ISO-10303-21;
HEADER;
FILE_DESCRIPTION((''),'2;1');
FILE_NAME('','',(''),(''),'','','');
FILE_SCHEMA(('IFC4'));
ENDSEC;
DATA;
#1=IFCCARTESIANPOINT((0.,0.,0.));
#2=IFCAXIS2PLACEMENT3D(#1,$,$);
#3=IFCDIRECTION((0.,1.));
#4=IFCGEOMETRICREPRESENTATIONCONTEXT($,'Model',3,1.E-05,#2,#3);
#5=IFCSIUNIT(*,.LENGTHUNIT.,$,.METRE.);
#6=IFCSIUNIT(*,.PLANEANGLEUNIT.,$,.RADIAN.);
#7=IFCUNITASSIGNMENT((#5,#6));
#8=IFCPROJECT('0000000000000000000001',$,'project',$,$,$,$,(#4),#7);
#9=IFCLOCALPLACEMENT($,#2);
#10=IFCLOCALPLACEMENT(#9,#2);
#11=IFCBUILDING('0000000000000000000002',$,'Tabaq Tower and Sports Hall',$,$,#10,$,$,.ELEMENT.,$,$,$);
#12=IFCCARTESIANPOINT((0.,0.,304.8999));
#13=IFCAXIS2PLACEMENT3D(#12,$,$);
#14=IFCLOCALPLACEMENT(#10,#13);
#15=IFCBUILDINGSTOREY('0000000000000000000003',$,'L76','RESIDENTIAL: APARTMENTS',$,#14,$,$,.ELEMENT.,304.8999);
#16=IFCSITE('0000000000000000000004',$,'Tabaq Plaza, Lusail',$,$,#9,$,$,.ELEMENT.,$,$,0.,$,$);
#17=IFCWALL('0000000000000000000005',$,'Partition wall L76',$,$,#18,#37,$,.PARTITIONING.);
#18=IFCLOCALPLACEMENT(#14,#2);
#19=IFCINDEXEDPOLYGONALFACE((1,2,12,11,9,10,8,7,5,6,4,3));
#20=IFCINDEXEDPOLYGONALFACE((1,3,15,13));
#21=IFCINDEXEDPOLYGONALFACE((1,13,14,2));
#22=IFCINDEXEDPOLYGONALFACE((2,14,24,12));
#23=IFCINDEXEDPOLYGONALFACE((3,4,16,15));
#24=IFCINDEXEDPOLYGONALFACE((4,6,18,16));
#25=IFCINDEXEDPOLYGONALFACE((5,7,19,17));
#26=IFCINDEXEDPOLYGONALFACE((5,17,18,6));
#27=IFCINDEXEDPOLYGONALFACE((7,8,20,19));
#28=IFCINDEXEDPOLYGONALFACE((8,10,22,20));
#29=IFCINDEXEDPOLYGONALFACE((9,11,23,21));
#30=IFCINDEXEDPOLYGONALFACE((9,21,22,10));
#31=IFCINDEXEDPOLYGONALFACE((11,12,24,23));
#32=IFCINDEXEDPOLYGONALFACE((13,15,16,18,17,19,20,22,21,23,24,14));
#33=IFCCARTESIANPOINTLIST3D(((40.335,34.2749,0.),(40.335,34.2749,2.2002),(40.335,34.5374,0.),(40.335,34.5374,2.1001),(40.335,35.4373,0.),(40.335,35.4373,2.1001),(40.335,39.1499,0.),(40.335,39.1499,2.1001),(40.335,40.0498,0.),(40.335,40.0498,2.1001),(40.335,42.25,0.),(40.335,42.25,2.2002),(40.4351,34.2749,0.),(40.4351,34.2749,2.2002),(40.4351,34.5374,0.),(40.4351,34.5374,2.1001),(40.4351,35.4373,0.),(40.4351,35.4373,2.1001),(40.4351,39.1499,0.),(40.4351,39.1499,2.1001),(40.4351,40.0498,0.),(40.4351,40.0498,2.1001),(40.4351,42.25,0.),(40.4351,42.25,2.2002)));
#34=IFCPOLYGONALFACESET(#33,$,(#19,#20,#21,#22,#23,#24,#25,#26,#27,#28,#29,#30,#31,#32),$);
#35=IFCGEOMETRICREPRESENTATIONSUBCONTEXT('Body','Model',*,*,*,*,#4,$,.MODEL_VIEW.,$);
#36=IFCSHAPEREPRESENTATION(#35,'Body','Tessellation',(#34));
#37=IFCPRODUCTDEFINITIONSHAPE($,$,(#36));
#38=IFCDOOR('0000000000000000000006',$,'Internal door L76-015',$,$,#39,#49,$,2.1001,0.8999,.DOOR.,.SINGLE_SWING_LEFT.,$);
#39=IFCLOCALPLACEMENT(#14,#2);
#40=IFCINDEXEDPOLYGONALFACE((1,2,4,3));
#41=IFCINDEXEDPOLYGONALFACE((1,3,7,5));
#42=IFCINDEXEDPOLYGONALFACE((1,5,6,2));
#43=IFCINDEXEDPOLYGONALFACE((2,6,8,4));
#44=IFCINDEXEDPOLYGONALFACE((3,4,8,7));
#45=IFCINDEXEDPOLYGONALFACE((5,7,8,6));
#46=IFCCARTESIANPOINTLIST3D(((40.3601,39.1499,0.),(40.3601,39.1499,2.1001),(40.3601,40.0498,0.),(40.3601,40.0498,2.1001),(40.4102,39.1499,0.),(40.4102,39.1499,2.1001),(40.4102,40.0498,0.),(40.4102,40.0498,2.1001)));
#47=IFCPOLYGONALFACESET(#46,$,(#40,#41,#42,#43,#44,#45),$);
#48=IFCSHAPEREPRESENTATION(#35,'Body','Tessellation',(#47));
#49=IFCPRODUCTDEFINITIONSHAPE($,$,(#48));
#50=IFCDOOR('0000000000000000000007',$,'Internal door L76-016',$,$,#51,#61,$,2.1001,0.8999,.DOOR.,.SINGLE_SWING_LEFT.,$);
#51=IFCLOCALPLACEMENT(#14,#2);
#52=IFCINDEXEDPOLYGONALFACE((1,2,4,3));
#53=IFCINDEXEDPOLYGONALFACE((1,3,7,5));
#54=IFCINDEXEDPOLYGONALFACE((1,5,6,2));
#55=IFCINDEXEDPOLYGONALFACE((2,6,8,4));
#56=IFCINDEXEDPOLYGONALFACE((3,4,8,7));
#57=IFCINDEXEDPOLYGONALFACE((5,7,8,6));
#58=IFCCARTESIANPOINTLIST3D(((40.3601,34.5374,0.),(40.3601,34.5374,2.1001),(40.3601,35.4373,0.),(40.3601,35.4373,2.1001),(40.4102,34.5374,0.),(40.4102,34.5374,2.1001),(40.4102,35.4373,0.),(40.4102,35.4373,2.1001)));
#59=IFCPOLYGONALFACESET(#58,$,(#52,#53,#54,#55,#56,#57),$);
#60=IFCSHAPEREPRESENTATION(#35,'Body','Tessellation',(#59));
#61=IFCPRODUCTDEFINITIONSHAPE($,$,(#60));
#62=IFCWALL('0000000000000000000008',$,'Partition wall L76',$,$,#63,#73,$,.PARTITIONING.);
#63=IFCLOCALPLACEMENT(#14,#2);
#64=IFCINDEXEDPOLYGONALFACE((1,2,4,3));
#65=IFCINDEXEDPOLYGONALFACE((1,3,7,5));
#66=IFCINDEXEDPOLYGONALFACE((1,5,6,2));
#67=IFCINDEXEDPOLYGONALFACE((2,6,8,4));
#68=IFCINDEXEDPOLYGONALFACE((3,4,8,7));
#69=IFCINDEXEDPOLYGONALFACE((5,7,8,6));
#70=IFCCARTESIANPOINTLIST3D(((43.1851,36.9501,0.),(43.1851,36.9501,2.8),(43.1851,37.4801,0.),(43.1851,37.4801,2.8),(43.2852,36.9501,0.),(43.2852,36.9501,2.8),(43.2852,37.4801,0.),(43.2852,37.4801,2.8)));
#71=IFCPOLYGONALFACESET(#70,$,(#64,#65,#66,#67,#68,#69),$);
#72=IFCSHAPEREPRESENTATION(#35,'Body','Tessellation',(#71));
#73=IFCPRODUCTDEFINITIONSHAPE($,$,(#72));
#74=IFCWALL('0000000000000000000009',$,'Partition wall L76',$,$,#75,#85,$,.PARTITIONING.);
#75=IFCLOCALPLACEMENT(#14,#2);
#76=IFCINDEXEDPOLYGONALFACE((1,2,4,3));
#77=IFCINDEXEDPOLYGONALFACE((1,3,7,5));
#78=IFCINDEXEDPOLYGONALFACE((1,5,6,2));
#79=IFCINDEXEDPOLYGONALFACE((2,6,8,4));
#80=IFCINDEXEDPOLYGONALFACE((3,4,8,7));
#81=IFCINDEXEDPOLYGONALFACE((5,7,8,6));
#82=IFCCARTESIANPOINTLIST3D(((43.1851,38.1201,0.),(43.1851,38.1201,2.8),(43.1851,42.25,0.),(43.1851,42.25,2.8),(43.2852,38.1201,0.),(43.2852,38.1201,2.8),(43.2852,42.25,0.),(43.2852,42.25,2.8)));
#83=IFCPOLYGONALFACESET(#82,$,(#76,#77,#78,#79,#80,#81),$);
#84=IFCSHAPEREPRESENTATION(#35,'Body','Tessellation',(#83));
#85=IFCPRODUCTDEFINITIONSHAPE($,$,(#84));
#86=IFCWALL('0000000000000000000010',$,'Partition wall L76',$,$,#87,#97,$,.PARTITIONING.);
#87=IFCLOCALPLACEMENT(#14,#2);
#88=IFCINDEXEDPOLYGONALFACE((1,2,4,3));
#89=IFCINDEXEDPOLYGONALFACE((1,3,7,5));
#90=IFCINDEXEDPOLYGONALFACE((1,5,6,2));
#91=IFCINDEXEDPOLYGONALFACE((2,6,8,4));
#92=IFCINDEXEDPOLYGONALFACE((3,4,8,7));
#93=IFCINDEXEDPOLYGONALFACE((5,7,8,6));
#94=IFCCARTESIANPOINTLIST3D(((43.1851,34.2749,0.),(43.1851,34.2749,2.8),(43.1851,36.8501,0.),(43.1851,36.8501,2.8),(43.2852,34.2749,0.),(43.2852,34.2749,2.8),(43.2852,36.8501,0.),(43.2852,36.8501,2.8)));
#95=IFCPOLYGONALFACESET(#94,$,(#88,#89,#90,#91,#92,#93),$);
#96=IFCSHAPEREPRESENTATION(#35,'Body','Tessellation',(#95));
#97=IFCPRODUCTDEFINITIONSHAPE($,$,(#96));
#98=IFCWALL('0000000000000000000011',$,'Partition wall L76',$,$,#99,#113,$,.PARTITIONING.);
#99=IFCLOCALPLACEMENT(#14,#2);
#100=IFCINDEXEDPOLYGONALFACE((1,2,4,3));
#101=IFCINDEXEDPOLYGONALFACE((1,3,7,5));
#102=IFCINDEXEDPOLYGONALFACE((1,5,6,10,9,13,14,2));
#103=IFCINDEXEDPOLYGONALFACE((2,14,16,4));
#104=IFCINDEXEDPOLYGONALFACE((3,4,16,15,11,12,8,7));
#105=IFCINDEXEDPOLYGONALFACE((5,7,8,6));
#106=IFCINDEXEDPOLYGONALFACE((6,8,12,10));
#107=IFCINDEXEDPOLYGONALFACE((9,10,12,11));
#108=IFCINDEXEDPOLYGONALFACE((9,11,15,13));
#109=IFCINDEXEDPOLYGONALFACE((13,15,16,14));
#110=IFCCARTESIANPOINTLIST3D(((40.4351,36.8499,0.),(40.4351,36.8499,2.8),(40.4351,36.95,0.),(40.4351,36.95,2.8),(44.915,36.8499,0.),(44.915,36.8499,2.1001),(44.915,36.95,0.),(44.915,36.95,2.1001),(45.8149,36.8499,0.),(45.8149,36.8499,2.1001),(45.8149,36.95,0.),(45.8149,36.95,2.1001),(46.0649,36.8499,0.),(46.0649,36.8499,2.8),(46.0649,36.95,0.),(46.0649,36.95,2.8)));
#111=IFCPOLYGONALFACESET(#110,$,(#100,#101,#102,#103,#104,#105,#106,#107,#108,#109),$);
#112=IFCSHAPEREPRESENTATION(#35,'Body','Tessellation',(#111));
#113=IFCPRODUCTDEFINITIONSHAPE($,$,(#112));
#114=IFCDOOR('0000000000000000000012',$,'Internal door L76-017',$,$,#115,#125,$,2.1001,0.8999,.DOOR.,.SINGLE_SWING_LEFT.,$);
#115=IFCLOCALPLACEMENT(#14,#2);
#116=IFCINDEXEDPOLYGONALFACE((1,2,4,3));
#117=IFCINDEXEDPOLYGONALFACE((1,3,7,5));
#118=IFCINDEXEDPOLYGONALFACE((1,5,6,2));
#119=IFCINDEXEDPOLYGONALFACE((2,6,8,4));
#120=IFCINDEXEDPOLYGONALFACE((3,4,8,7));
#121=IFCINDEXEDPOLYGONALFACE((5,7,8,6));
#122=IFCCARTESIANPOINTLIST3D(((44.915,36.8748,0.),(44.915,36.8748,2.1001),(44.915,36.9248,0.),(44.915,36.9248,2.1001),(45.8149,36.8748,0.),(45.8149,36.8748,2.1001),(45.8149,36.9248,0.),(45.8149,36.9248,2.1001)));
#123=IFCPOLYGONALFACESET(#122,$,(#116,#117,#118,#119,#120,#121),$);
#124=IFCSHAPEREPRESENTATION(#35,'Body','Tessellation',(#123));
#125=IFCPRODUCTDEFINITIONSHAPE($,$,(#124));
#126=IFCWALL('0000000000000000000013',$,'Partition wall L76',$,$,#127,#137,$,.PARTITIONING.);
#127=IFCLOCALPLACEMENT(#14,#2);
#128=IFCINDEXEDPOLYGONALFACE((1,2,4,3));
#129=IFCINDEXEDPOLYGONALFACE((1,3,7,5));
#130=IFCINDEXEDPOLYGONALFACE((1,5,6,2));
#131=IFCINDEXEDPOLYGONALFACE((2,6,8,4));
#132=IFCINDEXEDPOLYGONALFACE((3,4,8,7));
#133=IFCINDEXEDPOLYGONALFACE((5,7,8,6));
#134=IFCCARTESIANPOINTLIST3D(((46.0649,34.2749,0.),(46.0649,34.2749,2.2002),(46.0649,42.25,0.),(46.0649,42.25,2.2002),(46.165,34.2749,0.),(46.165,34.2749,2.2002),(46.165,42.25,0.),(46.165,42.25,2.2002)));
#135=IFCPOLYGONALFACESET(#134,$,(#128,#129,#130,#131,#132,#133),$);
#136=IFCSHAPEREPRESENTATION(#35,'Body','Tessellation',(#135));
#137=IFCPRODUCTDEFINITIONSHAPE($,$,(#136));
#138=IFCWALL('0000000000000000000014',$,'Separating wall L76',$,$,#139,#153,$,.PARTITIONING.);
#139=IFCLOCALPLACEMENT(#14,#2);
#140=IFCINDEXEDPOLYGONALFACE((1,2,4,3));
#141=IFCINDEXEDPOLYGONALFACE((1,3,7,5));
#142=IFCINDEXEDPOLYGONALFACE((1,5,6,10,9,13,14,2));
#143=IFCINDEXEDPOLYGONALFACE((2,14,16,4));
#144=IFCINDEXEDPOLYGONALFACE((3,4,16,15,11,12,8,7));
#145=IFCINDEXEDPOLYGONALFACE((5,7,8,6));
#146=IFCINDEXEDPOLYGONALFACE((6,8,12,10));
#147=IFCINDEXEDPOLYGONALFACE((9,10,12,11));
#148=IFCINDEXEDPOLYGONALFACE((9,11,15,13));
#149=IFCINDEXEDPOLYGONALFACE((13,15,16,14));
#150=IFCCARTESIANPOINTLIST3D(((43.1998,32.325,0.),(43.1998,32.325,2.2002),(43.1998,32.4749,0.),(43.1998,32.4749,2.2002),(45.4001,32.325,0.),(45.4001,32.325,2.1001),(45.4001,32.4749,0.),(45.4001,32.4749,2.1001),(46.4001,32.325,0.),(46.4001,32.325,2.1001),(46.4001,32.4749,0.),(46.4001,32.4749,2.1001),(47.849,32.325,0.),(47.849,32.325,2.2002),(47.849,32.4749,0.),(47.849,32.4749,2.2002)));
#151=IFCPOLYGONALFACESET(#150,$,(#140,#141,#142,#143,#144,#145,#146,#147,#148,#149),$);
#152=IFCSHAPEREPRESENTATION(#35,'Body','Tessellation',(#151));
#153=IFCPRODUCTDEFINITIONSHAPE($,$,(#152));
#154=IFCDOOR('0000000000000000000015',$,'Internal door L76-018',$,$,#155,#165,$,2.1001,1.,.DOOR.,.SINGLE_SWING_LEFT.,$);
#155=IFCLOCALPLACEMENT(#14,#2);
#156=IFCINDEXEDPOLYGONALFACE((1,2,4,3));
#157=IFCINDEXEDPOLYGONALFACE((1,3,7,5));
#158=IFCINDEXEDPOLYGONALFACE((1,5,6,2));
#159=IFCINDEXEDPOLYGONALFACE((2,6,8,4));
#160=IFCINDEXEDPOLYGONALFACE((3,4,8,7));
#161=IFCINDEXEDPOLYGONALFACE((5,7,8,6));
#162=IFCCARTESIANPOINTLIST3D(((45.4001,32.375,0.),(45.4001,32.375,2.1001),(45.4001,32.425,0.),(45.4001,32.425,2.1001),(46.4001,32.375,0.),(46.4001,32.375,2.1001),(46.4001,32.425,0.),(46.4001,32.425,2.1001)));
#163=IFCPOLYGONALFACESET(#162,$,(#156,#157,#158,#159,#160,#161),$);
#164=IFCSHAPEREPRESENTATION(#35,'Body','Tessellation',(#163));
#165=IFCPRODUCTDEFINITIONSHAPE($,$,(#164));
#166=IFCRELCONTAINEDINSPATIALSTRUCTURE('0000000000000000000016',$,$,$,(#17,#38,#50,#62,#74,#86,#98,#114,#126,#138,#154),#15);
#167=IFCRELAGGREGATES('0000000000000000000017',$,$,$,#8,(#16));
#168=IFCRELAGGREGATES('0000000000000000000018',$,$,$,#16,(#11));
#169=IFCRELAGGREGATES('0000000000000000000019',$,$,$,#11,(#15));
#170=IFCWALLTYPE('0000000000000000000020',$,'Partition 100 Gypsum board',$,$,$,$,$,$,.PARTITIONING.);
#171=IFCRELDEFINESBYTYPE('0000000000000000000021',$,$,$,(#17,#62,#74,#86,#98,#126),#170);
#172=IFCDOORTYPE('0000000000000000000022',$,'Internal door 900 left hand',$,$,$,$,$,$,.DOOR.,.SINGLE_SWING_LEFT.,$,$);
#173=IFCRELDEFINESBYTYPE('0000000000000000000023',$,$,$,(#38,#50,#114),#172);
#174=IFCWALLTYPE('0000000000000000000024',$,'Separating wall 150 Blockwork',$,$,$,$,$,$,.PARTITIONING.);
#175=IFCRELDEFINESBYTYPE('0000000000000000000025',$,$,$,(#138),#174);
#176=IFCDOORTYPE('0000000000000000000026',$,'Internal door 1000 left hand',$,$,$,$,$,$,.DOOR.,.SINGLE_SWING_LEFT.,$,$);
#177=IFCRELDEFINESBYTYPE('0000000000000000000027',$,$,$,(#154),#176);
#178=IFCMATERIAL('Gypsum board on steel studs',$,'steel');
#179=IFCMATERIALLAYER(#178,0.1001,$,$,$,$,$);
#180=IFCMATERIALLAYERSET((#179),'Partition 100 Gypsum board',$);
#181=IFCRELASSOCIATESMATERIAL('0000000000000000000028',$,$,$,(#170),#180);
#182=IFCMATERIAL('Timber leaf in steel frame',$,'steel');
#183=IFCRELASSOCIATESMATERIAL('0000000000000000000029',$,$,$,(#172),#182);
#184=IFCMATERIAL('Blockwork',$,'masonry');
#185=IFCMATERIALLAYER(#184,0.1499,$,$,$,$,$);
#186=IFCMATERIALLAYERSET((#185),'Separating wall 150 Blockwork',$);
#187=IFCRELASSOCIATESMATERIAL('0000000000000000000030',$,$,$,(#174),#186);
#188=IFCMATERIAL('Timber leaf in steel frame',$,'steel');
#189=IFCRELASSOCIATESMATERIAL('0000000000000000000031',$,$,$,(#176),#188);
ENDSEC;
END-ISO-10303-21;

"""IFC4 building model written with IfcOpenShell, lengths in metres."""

from ifc_helpers import new_model, si_unit, direction, frame, frame_2d, origin, place, context, subcontext, project, spatial, rectangle, extrude, material, layer, layer_set, type_object, element, fill, save


model = new_model("IFC4")

# Units and contexts
model_context = context("Model", 3, precision=1e-05, world=origin(), true_north=direction((0.0, 1.0)))
body_context = subcontext(model_context, "Body", "Model", "MODEL_VIEW")
ifc_project = project(units=[si_unit("LENGTHUNIT", "METRE"), si_unit("PLANEANGLEUNIT", "RADIAN")], contexts=[model_context])

# Site, building, storey
site_placement = place(None, origin())
site = spatial("IfcSite", under=ifc_project, at=site_placement, Name="Tabaq Plaza, Lusail", CompositionType="ELEMENT", RefElevation=0.0)
building_placement = place(site_placement, origin())
building = spatial("IfcBuilding", under=site, at=building_placement, Name="Tabaq Tower and Sports Hall", CompositionType="ELEMENT")
storey_placement = place(building_placement, frame((0.0, 0.0, 304.8999)))
storey = spatial("IfcBuildingStorey", under=building, at=storey_placement, Name="L76", Description="RESIDENTIAL: APARTMENTS", CompositionType="ELEMENT", Elevation=304.8999)

# Shared definitions
ifc_material_1 = material(Name="Gypsum board on steel studs", Category="steel")
ifc_layer_1 = layer(ifc_material_1, 0.1001)
ifc_layer_set_1 = layer_set([ifc_layer_1], Name="Partition 100 Gypsum board")
wall_type_1 = type_object("IfcWallType", Name="Partition 100 Gypsum board", PredefinedType="PARTITIONING", material=ifc_layer_set_1)
ifc_material_2 = material(Name="Timber leaf in steel frame", Category="steel")
door_type_1 = type_object("IfcDoorType", Name="Internal door 900 left hand", OperationType="SINGLE_SWING_LEFT", PredefinedType="DOOR", material=ifc_material_2)

# Wall, openings, doors
wall_1_placement = place(storey_placement, frame((40.385, 34.2749, 0.0), z_axis=(0.0, 0.0, 1.0), x_axis=(0.0, 1.0, 0.0)))
wall_1 = element("IfcWall", 1, at=wall_1_placement, inside=storey, type_object=wall_type_1, Name="Partition wall L76", PredefinedType="PARTITIONING", context=body_context, shape_type="SweptSolid", body=[
    extrude(rectangle(XDim=7.9751, YDim=0.1001, at=frame_2d((3.9875, 0.0))), origin(), (0.0, 0.0, 1.0), 2.2002),
])
opening_1_placement = place(wall_1_placement, frame((4.875, 0.0, 0.0)))
opening_1 = element("IfcOpeningElement", 2, at=opening_1_placement, cuts=wall_1, PredefinedType="OPENING", context=body_context, shape_type="SweptSolid", body=[
    extrude(rectangle(XDim=0.8999, YDim=2.1001, at=frame_2d((0.45, 1.05))), frame((0.0, 0.05, 0.0), z_axis=(0.0, -1.0, 0.0), x_axis=(1.0, 0.0, 0.0)), (0.0, 0.0, 1.0), 0.1001),
])
opening_2_placement = place(wall_1_placement, frame((0.2625, 0.0, 0.0)))
opening_2 = element("IfcOpeningElement", 3, at=opening_2_placement, cuts=wall_1, PredefinedType="OPENING", context=body_context, shape_type="SweptSolid", body=[
    extrude(rectangle(XDim=0.8999, YDim=2.1001, at=frame_2d((0.45, 1.05))), frame((0.0, 0.05, 0.0), z_axis=(0.0, -1.0, 0.0), x_axis=(1.0, 0.0, 0.0)), (0.0, 0.0, 1.0), 0.1001),
])
door_1_placement = place(opening_1_placement, origin())
door_1 = element("IfcDoor", 4, at=door_1_placement, inside=storey, type_object=door_type_1, Name="Internal door L76-015", OperationType="SINGLE_SWING_LEFT", OverallHeight=2.1001, OverallWidth=0.8999, PredefinedType="DOOR", context=body_context, shape_type="SweptSolid", body=[
    extrude(rectangle(XDim=0.8999, YDim=2.1001, at=frame_2d((0.45, 1.05))), frame((0.0, 0.0249, 0.0), z_axis=(0.0, -1.0, 0.0), x_axis=(1.0, 0.0, 0.0)), (0.0, 0.0, 1.0), 0.05),
])
fill(opening_1, door_1)
door_2_placement = place(opening_2_placement, origin())
door_2 = element("IfcDoor", 5, at=door_2_placement, inside=storey, type_object=door_type_1, Name="Internal door L76-016", OperationType="SINGLE_SWING_LEFT", OverallHeight=2.1001, OverallWidth=0.8999, PredefinedType="DOOR", context=body_context, shape_type="SweptSolid", body=[
    extrude(rectangle(XDim=0.8999, YDim=2.1001, at=frame_2d((0.45, 1.05))), frame((0.0, 0.0249, 0.0), z_axis=(0.0, -1.0, 0.0), x_axis=(1.0, 0.0, 0.0)), (0.0, 0.0, 1.0), 0.05),
])
fill(opening_2, door_2)

# Walls
wall_2_placement = place(storey_placement, frame((43.2351, 36.95, 0.0), z_axis=(0.0, 0.0, 1.0), x_axis=(0.0, 1.0, 0.0)))
element("IfcWall", 6, at=wall_2_placement, inside=storey, type_object=wall_type_1, Name="Partition wall L76", PredefinedType="PARTITIONING", context=body_context, shape_type="SweptSolid", body=[
    extrude(rectangle(XDim=0.53, YDim=0.1001, at=frame_2d((0.2651, 0.0))), origin(), (0.0, 0.0, 1.0), 2.8),
])
wall_3_placement = place(storey_placement, frame((43.2351, 38.1201, 0.0), z_axis=(0.0, 0.0, 1.0), x_axis=(0.0, 1.0, 0.0)))
element("IfcWall", 7, at=wall_3_placement, inside=storey, type_object=wall_type_1, Name="Partition wall L76", PredefinedType="PARTITIONING", context=body_context, shape_type="SweptSolid", body=[
    extrude(rectangle(XDim=4.1299, YDim=0.1001, at=frame_2d((2.0649, 0.0))), origin(), (0.0, 0.0, 1.0), 2.8),
])
wall_4_placement = place(storey_placement, frame((43.2351, 34.2749, 0.0), z_axis=(0.0, 0.0, 1.0), x_axis=(0.0, 1.0, 0.0)))
element("IfcWall", 8, at=wall_4_placement, inside=storey, type_object=wall_type_1, Name="Partition wall L76", PredefinedType="PARTITIONING", context=body_context, shape_type="SweptSolid", body=[
    extrude(rectangle(XDim=2.5752, YDim=0.1001, at=frame_2d((1.2876, 0.0))), origin(), (0.0, 0.0, 1.0), 2.8),
])

# Wall, opening, door
wall_5_placement = place(storey_placement, frame((40.4351, 36.8999, 0.0), z_axis=(0.0, 0.0, 1.0), x_axis=(1.0, 0.0, 0.0)))
wall_5 = element("IfcWall", 9, at=wall_5_placement, inside=storey, type_object=wall_type_1, Name="Partition wall L76", PredefinedType="PARTITIONING", context=body_context, shape_type="SweptSolid", body=[
    extrude(rectangle(XDim=5.6299, YDim=0.1001, at=frame_2d((2.8149, 0.0))), origin(), (0.0, 0.0, 1.0), 2.8),
])
opening_3_placement = place(wall_5_placement, frame((4.48, 0.0, 0.0)))
opening_3 = element("IfcOpeningElement", 10, at=opening_3_placement, cuts=wall_5, PredefinedType="OPENING", context=body_context, shape_type="SweptSolid", body=[
    extrude(rectangle(XDim=0.8999, YDim=2.1001, at=frame_2d((0.45, 1.05))), frame((0.0, 0.05, 0.0), z_axis=(0.0, -1.0, 0.0), x_axis=(1.0, 0.0, 0.0)), (0.0, 0.0, 1.0), 0.1001),
])
door_3_placement = place(opening_3_placement, origin())
door_3 = element("IfcDoor", 11, at=door_3_placement, inside=storey, type_object=door_type_1, Name="Internal door L76-017", OperationType="SINGLE_SWING_LEFT", OverallHeight=2.1001, OverallWidth=0.8999, PredefinedType="DOOR", context=body_context, shape_type="SweptSolid", body=[
    extrude(rectangle(XDim=0.8999, YDim=2.1001, at=frame_2d((0.45, 1.05))), frame((0.0, 0.0249, 0.0), z_axis=(0.0, -1.0, 0.0), x_axis=(1.0, 0.0, 0.0)), (0.0, 0.0, 1.0), 0.05),
])
fill(opening_3, door_3)

# Wall
wall_6_placement = place(storey_placement, frame((46.115, 34.2749, 0.0), z_axis=(0.0, 0.0, 1.0), x_axis=(0.0, 1.0, 0.0)))
element("IfcWall", 12, at=wall_6_placement, inside=storey, type_object=wall_type_1, Name="Partition wall L76", PredefinedType="PARTITIONING", context=body_context, shape_type="SweptSolid", body=[
    extrude(rectangle(XDim=7.9751, YDim=0.1001, at=frame_2d((3.9875, 0.0))), origin(), (0.0, 0.0, 1.0), 2.2002),
])

# Wall, opening, door
ifc_material_3 = material(Name="Blockwork", Category="masonry")
ifc_layer_2 = layer(ifc_material_3, 0.1499)
ifc_layer_set_2 = layer_set([ifc_layer_2], Name="Separating wall 150 Blockwork")
wall_type_2 = type_object("IfcWallType", Name="Separating wall 150 Blockwork", PredefinedType="PARTITIONING", material=ifc_layer_set_2)
wall_7_placement = place(storey_placement, frame((47.8491, 32.3999, 0.0), z_axis=(0.0, 0.0, 1.0), x_axis=(-1.0, 0.0, 0.0)))
wall_7 = element("IfcWall", 13, at=wall_7_placement, inside=storey, type_object=wall_type_2, Name="Separating wall L76", PredefinedType="PARTITIONING", context=body_context, shape_type="SweptSolid", body=[
    extrude(rectangle(XDim=4.6492, YDim=0.1499, at=frame_2d((2.3247, 0.0))), origin(), (0.0, 0.0, 1.0), 2.2002),
])
opening_4_placement = place(wall_7_placement, frame((1.449, 0.0, 0.0)))
opening_4 = element("IfcOpeningElement", 14, at=opening_4_placement, cuts=wall_7, PredefinedType="OPENING", context=body_context, shape_type="SweptSolid", body=[
    extrude(rectangle(XDim=1.0, YDim=2.1001, at=frame_2d((0.5, 1.05))), frame((0.0, 0.075, 0.0), z_axis=(0.0, -1.0, 0.0), x_axis=(1.0, 0.0, 0.0)), (0.0, 0.0, 1.0), 0.1499),
])
ifc_material_4 = material(Name="Timber leaf in steel frame", Category="steel")
door_type_2 = type_object("IfcDoorType", Name="Internal door 1000 left hand", OperationType="SINGLE_SWING_LEFT", PredefinedType="DOOR", material=ifc_material_4)
door_4_placement = place(opening_4_placement, origin())
door_4 = element("IfcDoor", 15, at=door_4_placement, inside=storey, type_object=door_type_2, Name="Internal door L76-018", OperationType="SINGLE_SWING_LEFT", OverallHeight=2.1001, OverallWidth=1.0, PredefinedType="DOOR", context=body_context, shape_type="SweptSolid", body=[
    extrude(rectangle(XDim=1.0, YDim=2.1001, at=frame_2d((0.5, 1.05))), frame((0.0, 0.0249, 0.0), z_axis=(0.0, -1.0, 0.0), x_axis=(1.0, 0.0, 0.0)), (0.0, 0.0, 1.0), 0.05),
])
fill(opening_4, door_4)

save(model, "model.ifc")
